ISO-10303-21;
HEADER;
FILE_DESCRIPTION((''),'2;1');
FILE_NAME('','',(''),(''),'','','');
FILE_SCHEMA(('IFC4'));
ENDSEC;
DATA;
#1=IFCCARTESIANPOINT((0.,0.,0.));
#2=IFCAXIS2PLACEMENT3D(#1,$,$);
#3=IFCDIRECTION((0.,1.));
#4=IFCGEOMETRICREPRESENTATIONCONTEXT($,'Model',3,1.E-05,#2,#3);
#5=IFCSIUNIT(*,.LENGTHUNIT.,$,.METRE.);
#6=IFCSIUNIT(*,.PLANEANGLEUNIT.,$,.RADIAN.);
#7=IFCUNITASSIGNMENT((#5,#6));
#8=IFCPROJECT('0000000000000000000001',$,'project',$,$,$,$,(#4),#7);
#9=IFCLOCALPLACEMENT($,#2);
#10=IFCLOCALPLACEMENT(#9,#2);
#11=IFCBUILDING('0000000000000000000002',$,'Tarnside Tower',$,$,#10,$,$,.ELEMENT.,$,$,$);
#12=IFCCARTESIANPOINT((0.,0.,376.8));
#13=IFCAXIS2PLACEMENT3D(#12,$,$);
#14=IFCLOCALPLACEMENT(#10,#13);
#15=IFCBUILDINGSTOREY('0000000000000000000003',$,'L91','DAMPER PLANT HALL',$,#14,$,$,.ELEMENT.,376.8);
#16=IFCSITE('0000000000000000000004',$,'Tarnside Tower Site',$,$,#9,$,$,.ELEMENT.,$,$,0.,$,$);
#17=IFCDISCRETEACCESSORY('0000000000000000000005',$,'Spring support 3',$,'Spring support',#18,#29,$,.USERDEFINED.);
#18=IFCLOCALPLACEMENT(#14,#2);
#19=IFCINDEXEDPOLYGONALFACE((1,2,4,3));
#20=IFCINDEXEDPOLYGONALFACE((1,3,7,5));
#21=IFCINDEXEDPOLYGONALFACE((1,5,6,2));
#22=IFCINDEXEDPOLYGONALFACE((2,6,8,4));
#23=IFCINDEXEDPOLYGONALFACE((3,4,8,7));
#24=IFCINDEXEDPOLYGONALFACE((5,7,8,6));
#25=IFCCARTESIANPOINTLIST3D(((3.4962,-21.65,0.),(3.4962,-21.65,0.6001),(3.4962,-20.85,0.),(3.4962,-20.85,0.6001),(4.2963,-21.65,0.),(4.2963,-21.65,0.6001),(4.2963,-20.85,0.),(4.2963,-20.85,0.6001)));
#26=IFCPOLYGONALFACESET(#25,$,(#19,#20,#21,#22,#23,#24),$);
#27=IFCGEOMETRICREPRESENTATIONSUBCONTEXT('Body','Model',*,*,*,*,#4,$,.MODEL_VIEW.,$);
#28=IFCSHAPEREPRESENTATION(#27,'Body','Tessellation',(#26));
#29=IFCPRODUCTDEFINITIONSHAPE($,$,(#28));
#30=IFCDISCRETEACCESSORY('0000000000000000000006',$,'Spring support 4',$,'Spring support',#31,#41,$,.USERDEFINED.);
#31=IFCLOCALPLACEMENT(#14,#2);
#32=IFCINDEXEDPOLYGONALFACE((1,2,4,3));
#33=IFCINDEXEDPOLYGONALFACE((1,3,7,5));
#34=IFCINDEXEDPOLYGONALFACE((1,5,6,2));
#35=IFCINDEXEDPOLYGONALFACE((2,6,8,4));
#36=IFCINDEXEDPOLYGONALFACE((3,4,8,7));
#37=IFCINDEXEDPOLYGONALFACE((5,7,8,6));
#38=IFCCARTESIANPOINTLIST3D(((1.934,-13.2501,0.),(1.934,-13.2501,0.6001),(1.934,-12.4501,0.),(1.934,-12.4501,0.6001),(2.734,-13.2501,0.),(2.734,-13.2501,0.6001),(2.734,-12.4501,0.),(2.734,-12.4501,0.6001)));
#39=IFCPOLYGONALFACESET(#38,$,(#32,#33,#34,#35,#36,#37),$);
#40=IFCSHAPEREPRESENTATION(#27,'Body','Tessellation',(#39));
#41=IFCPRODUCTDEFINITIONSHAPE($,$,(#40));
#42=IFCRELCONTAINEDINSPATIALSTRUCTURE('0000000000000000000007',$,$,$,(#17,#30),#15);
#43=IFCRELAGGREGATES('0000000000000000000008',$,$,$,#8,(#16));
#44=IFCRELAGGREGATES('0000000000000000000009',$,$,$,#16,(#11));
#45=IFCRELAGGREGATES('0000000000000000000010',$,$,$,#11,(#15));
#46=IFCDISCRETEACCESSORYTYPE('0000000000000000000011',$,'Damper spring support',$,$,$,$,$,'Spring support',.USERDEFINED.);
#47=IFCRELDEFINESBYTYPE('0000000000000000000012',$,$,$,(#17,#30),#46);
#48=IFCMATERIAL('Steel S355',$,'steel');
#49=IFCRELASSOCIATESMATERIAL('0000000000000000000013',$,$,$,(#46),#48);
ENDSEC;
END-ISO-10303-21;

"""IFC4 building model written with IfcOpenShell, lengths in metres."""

from ifc_helpers import new_model, si_unit, direction, frame, origin, origin_2d, place, context, subcontext, project, spatial, rectangle, extrude, material, type_object, element, save


model = new_model("IFC4")

# Units and contexts
model_context = context("Model", 3, precision=1e-05, world=origin(), true_north=direction((0.0, 1.0)))
body_context = subcontext(model_context, "Body", "Model", "MODEL_VIEW")
ifc_project = project(units=[si_unit("LENGTHUNIT", "METRE"), si_unit("PLANEANGLEUNIT", "RADIAN")], contexts=[model_context])

# Site, building, storey
site_placement = place(None, origin())
site = spatial("IfcSite", under=ifc_project, at=site_placement, Name="Tarnside Tower Site", CompositionType="ELEMENT", RefElevation=0.0)
building_placement = place(site_placement, origin())
building = spatial("IfcBuilding", under=site, at=building_placement, Name="Tarnside Tower", CompositionType="ELEMENT")
storey_placement = place(building_placement, frame((0.0, 0.0, 376.8)))
storey = spatial("IfcBuildingStorey", under=building, at=storey_placement, Name="L91", Description="DAMPER PLANT HALL", CompositionType="ELEMENT", Elevation=376.8)

# Shared definitions
ifc_material_1 = material(Name="Steel S355", Category="steel")

# Discrete accessories
discrete_accessory_type = type_object("IfcDiscreteAccessoryType", Name="Damper spring support", ElementType="Spring support", PredefinedType="USERDEFINED", material=ifc_material_1)
for number, where, z_axis, x_axis, name in (
    (1, (3.8962, -21.25, 0.0), (0.0, 0.0, 1.0), (1.0, 0.0, 0.0), "Spring support 3"),
    (2, (2.334, -12.8501, 0.0), (0.0, 0.0, 1.0), (1.0, 0.0, 0.0), "Spring support 4"),
):
    element("IfcDiscreteAccessory", number, at=place(storey_placement, frame(where, z_axis=z_axis, x_axis=x_axis)), inside=storey, type_object=discrete_accessory_type, Name=name, ObjectType="Spring support", PredefinedType="USERDEFINED", context=body_context, shape_type="SweptSolid", body=[
        extrude(rectangle(XDim=0.8, YDim=0.8, at=origin_2d()), origin(), (0.0, 0.0, 1.0), 0.6001),
    ])

save(model, "model.ifc")
